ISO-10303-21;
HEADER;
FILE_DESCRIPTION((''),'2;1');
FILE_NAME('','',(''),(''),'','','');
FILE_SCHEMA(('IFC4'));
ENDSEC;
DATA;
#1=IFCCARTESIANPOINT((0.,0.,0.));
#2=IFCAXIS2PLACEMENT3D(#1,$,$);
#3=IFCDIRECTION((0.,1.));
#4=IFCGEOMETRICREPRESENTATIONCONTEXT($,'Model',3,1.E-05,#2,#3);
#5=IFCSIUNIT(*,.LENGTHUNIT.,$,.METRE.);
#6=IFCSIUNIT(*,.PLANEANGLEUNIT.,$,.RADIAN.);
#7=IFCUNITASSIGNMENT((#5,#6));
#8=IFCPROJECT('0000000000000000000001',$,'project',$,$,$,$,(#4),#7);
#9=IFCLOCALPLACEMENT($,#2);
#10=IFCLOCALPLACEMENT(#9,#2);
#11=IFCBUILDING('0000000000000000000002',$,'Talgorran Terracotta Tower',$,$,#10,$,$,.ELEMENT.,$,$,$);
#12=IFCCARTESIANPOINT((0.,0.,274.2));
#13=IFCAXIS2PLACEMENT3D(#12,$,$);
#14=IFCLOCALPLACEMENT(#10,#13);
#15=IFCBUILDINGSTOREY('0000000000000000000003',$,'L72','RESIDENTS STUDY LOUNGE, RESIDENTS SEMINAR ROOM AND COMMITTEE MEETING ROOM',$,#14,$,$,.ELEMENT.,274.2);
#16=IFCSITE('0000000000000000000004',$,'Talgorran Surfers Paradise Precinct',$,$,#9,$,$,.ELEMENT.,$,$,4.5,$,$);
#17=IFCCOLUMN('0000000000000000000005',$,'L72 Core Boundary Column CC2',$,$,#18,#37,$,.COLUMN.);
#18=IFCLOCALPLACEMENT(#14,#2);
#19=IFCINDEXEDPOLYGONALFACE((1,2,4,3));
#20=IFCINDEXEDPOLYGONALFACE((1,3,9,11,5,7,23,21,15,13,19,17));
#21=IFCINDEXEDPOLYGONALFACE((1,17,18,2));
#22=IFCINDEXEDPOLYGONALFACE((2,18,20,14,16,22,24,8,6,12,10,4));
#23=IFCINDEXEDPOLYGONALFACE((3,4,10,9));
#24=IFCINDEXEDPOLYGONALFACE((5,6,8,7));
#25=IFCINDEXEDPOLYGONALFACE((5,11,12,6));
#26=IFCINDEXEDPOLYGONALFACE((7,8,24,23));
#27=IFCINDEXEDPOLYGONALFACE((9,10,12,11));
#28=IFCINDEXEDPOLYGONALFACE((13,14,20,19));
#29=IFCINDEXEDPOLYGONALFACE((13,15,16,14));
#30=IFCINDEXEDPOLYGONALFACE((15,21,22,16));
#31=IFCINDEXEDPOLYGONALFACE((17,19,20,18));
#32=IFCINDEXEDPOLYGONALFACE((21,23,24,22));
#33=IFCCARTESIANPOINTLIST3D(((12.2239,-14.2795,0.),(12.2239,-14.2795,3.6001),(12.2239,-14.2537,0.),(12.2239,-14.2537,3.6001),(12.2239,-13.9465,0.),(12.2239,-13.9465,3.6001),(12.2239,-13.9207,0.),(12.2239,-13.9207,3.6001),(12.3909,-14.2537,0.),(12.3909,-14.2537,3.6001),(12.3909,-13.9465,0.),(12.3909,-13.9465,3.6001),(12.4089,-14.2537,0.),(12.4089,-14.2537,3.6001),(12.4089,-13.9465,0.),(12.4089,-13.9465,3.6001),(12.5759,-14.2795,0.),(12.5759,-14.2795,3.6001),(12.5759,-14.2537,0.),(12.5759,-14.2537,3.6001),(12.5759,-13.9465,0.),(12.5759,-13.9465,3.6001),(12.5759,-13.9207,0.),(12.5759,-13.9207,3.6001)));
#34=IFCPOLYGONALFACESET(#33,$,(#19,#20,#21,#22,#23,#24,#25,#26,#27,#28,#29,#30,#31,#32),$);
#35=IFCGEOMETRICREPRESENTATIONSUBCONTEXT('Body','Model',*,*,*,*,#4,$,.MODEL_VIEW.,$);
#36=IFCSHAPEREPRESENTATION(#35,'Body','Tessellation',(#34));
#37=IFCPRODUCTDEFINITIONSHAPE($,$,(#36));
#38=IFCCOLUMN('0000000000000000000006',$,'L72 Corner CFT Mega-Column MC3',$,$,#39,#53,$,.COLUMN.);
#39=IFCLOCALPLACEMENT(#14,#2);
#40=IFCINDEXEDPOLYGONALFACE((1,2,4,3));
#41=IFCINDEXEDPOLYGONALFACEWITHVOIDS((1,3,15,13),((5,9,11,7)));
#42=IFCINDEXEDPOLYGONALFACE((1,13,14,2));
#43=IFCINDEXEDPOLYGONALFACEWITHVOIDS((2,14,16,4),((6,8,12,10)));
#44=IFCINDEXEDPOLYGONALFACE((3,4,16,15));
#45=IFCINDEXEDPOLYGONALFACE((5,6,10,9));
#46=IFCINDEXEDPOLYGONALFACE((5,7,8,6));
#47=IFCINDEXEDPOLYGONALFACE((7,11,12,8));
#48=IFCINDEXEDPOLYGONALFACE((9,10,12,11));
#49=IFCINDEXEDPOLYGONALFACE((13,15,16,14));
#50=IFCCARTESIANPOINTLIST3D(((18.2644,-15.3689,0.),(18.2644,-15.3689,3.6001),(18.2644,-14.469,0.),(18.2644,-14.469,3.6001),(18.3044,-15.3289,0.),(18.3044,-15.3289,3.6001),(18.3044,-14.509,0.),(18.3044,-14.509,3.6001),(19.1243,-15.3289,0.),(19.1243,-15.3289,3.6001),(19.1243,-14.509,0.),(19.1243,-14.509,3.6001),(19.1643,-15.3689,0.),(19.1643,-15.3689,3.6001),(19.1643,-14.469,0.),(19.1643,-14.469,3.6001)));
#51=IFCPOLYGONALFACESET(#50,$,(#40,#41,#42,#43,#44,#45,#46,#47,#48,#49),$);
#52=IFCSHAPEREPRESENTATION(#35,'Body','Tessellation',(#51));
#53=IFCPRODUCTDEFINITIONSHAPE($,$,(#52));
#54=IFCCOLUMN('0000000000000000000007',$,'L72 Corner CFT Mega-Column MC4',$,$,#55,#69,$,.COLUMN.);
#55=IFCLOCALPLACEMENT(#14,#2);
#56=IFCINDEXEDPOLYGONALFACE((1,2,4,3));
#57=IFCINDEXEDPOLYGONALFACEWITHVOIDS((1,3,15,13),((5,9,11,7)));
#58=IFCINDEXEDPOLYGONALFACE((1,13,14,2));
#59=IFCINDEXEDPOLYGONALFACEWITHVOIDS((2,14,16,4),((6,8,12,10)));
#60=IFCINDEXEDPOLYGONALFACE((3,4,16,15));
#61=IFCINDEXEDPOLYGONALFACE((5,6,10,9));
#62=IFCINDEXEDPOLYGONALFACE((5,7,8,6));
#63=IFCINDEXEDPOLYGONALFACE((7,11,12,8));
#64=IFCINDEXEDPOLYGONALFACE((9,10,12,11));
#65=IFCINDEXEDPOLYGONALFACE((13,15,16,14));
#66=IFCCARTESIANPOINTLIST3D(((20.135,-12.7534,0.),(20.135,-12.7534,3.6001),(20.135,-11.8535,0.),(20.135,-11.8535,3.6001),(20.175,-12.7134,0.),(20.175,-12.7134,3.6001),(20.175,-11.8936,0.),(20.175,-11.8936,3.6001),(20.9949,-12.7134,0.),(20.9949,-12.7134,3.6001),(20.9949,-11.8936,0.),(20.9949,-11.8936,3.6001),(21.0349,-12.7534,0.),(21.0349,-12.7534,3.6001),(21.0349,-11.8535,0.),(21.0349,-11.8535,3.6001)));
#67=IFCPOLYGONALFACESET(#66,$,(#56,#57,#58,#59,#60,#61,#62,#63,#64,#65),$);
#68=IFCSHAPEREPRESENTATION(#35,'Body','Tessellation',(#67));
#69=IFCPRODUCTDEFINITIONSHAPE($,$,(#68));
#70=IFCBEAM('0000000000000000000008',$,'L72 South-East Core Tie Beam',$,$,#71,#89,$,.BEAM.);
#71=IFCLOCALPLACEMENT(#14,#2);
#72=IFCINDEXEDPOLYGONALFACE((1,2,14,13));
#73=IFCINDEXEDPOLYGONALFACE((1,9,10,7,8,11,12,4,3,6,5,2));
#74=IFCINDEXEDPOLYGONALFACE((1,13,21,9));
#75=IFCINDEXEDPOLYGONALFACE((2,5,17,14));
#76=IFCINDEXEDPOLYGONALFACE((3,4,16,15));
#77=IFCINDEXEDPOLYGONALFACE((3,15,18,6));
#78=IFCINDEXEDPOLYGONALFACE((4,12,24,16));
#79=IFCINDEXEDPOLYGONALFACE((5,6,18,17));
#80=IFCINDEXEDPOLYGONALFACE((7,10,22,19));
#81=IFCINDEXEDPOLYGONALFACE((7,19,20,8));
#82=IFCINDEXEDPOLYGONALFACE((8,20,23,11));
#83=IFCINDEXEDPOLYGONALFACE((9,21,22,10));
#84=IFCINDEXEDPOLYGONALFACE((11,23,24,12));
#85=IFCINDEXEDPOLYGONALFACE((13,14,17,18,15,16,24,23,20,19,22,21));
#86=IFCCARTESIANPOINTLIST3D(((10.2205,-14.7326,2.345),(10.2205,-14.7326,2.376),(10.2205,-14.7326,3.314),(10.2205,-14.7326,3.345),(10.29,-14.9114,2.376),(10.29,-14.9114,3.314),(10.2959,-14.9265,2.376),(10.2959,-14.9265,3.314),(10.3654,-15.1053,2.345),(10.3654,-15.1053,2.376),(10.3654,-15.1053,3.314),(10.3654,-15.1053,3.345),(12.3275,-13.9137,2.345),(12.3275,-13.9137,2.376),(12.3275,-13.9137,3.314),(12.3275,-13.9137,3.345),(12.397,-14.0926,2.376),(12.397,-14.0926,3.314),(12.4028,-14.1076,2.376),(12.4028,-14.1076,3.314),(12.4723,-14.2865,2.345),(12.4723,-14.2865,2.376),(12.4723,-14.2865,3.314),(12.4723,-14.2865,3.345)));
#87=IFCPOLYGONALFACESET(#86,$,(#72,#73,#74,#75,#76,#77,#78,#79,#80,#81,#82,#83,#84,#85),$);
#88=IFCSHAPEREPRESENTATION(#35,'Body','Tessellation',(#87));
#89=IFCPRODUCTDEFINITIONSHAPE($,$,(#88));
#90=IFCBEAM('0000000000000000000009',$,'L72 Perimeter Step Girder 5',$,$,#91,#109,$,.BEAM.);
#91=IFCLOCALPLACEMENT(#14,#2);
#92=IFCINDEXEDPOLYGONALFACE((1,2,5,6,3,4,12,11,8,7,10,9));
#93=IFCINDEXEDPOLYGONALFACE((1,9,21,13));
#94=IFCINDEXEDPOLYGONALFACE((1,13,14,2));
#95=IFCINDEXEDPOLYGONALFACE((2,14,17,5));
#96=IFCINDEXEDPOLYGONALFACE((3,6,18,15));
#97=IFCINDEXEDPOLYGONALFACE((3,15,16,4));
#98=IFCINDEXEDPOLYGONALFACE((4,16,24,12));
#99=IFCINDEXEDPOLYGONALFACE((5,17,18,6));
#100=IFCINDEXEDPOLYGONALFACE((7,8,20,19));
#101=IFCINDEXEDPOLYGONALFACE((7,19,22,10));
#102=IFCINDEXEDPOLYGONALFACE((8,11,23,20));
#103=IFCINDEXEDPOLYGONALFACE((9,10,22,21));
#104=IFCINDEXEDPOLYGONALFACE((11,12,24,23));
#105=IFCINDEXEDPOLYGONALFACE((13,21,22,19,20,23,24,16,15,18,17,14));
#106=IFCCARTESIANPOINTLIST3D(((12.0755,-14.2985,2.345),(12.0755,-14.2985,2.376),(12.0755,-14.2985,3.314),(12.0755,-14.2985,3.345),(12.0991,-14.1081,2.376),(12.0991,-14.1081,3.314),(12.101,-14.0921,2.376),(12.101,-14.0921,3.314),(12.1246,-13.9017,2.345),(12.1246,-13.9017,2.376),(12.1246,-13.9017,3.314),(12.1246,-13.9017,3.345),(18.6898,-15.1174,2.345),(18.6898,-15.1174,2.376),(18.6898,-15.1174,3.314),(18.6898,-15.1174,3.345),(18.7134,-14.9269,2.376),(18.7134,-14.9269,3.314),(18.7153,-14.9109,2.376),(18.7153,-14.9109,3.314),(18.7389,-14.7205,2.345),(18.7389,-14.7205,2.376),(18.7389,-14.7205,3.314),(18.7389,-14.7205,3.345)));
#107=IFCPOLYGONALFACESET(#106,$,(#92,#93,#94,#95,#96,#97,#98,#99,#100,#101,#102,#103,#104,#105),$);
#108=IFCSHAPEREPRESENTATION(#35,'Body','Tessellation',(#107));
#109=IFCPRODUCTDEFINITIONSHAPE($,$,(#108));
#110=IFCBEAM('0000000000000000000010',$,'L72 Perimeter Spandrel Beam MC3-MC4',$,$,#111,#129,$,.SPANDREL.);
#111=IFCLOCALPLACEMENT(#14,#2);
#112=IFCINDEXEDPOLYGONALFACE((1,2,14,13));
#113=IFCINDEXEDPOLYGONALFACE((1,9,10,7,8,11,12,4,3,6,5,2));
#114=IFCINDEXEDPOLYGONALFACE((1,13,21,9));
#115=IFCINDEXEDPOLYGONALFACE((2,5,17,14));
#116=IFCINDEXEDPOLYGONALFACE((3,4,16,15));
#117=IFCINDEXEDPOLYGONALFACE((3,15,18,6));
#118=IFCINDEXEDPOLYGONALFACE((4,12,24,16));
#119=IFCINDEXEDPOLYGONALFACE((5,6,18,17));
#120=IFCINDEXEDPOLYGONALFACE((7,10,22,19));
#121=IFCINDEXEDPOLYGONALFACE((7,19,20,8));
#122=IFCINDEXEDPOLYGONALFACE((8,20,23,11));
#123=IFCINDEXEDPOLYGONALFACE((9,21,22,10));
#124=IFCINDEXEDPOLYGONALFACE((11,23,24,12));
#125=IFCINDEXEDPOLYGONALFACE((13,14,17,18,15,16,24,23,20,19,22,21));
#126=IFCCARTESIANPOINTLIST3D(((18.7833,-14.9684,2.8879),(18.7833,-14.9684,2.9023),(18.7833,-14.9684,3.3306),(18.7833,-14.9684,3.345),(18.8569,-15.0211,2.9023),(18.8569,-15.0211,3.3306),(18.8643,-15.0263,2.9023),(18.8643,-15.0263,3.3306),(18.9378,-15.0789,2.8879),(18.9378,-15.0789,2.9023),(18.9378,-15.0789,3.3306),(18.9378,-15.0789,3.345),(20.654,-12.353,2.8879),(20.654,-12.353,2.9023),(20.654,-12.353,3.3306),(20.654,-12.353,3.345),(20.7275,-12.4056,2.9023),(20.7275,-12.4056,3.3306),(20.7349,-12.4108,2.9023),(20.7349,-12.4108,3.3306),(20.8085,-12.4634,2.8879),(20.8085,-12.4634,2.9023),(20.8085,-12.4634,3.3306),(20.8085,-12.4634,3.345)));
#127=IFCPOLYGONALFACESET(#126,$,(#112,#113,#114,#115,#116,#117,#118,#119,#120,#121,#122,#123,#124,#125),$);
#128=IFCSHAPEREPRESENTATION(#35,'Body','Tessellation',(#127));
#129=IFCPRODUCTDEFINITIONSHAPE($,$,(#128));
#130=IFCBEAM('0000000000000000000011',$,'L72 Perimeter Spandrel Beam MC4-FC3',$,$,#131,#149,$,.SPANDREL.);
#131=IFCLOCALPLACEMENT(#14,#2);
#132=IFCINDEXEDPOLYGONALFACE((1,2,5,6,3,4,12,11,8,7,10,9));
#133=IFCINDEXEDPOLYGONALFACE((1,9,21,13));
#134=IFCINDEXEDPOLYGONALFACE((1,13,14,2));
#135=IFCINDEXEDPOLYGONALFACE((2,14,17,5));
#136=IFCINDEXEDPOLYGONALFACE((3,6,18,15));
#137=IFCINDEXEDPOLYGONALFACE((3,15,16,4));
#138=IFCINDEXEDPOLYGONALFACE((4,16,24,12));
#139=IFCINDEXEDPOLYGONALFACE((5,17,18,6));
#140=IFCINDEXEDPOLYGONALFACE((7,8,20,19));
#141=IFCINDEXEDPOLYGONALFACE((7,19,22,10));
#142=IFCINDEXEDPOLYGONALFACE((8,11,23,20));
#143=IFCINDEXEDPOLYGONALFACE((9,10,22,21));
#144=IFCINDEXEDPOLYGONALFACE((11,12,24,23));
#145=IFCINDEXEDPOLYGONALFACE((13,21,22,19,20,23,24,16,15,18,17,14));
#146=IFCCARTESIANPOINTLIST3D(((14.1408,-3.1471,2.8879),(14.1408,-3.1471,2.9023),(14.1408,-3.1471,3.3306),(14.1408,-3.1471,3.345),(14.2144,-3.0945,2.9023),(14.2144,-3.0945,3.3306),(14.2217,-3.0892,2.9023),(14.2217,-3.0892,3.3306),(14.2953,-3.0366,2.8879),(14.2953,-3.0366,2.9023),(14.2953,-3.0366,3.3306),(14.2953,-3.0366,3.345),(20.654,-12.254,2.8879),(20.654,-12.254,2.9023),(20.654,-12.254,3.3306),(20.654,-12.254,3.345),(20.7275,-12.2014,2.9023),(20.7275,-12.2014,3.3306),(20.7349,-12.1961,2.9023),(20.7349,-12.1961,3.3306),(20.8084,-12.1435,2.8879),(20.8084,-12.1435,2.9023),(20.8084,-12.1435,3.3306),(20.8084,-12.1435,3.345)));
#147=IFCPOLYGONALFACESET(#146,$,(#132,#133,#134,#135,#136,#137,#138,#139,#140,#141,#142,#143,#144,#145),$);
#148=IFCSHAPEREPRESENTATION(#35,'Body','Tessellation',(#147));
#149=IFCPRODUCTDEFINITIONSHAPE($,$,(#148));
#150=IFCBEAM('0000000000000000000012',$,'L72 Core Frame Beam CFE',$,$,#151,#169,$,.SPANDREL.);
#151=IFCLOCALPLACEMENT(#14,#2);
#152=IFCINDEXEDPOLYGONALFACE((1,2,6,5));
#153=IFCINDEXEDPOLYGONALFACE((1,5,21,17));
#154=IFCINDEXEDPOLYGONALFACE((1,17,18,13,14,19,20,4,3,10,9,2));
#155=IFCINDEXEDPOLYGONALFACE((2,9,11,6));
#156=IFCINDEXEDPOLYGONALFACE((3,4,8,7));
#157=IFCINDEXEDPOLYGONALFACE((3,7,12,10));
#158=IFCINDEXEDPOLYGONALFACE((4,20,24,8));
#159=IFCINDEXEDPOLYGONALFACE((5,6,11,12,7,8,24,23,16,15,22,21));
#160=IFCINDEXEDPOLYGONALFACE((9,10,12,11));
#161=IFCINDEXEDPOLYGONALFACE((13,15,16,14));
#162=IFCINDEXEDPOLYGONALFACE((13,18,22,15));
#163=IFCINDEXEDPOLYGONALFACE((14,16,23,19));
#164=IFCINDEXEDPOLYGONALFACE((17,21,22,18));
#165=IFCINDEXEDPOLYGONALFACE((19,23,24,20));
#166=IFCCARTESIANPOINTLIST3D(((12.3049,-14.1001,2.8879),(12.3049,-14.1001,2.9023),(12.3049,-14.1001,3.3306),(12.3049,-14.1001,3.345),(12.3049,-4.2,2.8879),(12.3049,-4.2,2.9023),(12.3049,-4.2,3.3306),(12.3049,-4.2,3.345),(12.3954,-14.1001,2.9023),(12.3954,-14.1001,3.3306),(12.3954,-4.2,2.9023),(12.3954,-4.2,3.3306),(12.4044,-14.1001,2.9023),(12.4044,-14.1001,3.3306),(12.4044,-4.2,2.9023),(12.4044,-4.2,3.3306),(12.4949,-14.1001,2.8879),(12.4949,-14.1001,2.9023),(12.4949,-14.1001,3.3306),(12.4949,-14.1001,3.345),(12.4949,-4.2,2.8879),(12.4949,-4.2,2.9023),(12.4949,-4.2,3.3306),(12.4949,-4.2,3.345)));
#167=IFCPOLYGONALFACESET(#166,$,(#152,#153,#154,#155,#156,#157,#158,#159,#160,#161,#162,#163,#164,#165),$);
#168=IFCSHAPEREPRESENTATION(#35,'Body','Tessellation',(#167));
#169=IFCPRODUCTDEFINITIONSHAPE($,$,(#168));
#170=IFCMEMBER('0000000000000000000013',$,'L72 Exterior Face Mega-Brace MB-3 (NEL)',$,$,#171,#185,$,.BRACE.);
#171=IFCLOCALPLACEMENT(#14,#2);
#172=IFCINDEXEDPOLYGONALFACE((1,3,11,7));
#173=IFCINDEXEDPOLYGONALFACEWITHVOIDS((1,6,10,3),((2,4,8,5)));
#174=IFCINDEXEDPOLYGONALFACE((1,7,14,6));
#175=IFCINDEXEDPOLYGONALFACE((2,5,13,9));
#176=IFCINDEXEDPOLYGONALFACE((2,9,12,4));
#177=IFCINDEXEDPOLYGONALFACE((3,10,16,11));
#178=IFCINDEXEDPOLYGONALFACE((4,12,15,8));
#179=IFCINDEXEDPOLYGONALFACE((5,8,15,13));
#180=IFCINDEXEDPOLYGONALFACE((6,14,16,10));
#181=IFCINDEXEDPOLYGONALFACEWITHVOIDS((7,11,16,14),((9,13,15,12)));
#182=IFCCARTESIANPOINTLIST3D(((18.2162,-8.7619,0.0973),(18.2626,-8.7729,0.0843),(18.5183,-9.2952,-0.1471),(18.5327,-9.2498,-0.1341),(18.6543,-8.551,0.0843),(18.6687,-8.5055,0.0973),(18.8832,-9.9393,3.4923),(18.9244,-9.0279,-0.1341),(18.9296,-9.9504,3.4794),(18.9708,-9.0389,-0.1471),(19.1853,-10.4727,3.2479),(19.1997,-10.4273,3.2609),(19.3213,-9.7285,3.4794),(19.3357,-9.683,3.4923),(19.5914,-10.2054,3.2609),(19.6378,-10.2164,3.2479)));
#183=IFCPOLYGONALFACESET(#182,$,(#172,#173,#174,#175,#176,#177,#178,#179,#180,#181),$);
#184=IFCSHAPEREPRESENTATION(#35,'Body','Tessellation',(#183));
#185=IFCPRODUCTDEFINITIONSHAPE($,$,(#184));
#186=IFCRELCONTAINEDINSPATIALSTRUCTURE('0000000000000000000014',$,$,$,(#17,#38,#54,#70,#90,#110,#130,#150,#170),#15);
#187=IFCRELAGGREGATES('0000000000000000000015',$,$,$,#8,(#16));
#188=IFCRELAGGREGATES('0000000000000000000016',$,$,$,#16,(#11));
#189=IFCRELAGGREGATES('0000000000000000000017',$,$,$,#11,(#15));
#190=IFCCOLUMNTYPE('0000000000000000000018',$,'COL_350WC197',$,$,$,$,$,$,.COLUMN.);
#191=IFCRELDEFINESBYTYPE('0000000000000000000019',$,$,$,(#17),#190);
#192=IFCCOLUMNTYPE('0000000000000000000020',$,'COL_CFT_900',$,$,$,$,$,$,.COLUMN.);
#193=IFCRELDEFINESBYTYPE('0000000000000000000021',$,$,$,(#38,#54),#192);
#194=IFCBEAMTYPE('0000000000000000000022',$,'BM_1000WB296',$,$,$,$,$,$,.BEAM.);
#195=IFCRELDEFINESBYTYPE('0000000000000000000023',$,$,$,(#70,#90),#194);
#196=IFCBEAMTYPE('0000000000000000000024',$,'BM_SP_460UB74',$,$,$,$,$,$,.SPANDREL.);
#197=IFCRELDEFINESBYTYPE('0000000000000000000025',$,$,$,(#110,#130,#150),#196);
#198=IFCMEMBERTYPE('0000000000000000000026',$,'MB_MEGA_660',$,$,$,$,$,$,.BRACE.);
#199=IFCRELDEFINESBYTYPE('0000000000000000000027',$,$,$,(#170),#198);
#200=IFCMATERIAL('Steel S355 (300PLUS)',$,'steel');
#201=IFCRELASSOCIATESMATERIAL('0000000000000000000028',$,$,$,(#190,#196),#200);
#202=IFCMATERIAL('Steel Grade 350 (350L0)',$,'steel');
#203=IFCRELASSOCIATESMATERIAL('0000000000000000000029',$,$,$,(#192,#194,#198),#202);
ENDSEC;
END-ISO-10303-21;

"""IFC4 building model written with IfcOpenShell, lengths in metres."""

from ifc_helpers import new_model, si_unit, direction, frame, origin, origin_2d, place, context, subcontext, project, spatial, hollow_rectangle, i_section, extrude, material, material_profile, profile_set, type_object, element, save


model = new_model("IFC4")

# Units and contexts
model_context = context("Model", 3, precision=1e-05, world=origin(), true_north=direction((0.0, 1.0)))
body_context = subcontext(model_context, "Body", "Model", "MODEL_VIEW")
ifc_project = project(units=[si_unit("LENGTHUNIT", "METRE"), si_unit("PLANEANGLEUNIT", "RADIAN")], contexts=[model_context])

# Site, building, storey
site_placement = place(None, origin())
site = spatial("IfcSite", under=ifc_project, at=site_placement, Name="Talgorran Surfers Paradise Precinct", CompositionType="ELEMENT", RefElevation=4.5)
building_placement = place(site_placement, origin())
building = spatial("IfcBuilding", under=site, at=building_placement, Name="Talgorran Terracotta Tower", CompositionType="ELEMENT")
storey_placement = place(building_placement, frame((0.0, 0.0, 274.2)))
storey = spatial("IfcBuildingStorey", under=building, at=storey_placement, Name="L72", Description="RESIDENTS STUDY LOUNGE, RESIDENTS SEMINAR ROOM AND COMMITTEE MEETING ROOM", CompositionType="ELEMENT", Elevation=274.2)

# Columns
ifc_material_1 = material(Name="Steel S355 (300PLUS)", Category="steel")
ifc_material_profile_1 = material_profile(ifc_material_1, i_section(OverallWidth=0.3521, OverallDepth=0.3589, WebThickness=0.0181, FlangeThickness=0.0259, at=origin_2d()), Name="350WC197")
ifc_profile_set_1 = profile_set([ifc_material_profile_1], Name="Steel S355 (300PLUS)")
column_type_1 = type_object("IfcColumnType", Name="COL_350WC197", PredefinedType="COLUMN", material=ifc_profile_set_1)
column_placement = place(storey_placement, frame((12.3999, -14.1001, 0.0), z_axis=(0.0, 0.0, 1.0), x_axis=(1.0, 0.0, 0.0)))
element("IfcColumn", 1, at=column_placement, inside=storey, type_object=column_type_1, Name="L72 Core Boundary Column CC2", PredefinedType="COLUMN", context=body_context, shape_type="SweptSolid", body=[
    extrude(i_section(OverallWidth=0.3521, OverallDepth=0.3589, WebThickness=0.0181, FlangeThickness=0.0259, at=origin_2d()), origin(), (0.0, 0.0, 1.0), 3.6001),
])
ifc_material_2 = material(Name="Steel Grade 350 (350L0)", Category="steel")
ifc_material_profile_2 = material_profile(ifc_material_2, hollow_rectangle(XDim=0.8999, YDim=0.8999, WallThickness=0.04, at=origin_2d()), Name="CFT900X900X40")
ifc_profile_set_2 = profile_set([ifc_material_profile_2], Name="Steel Grade 350 (350L0)")
column_type_2 = type_object("IfcColumnType", Name="COL_CFT_900", PredefinedType="COLUMN", material=ifc_profile_set_2)
for number, where, z_axis, x_axis, name in (
    (2, (18.7144, -14.9189, 0.0), (0.0, 0.0, 1.0), (1.0, 0.0, 0.0), "L72 Corner CFT Mega-Column MC3"),
    (3, (20.585, -12.3035, 0.0), (0.0, 0.0, 1.0), (1.0, 0.0, 0.0), "L72 Corner CFT Mega-Column MC4"),
):
    element("IfcColumn", number, at=place(storey_placement, frame(where, z_axis=z_axis, x_axis=x_axis)), inside=storey, type_object=column_type_2, Name=name, PredefinedType="COLUMN", context=body_context, shape_type="SweptSolid", body=[
        extrude(hollow_rectangle(XDim=0.8999, YDim=0.8999, WallThickness=0.04, at=origin_2d()), origin(), (0.0, 0.0, 1.0), 3.6001),
    ])

# Beams
ifc_material_profile_3 = material_profile(ifc_material_2, i_section(OverallWidth=0.3999, OverallDepth=1.0, WebThickness=0.0161, FlangeThickness=0.031, at=origin_2d()), Name="1000WB296")
ifc_profile_set_3 = profile_set([ifc_material_profile_3], Name="Steel Grade 350 (350L0)")
beam_type_1 = type_object("IfcBeamType", Name="BM_1000WB296", PredefinedType="BEAM", material=ifc_profile_set_3)
beam_1_placement = place(storey_placement, frame((12.3999, -14.1001, 2.845), z_axis=(-0.932082, -0.362248, 0.0), x_axis=(0.362248, -0.932082, 0.0)))
element("IfcBeam", 4, at=beam_1_placement, inside=storey, type_object=beam_type_1, Name="L72 South-East Core Tie Beam", PredefinedType="BEAM", context=body_context, shape_type="SweptSolid", body=[
    extrude(i_section(OverallWidth=0.3999, OverallDepth=1.0, WebThickness=0.0161, FlangeThickness=0.031, at=origin_2d()), origin(), (0.0, 0.0, 1.0), 2.2605),
])
beam_2_placement = place(storey_placement, frame((18.7144, -14.9189, 2.845), z_axis=(-0.992424, 0.122862, 0.0), x_axis=(-0.122862, -0.992424, 0.0)))
element("IfcBeam", 5, at=beam_2_placement, inside=storey, type_object=beam_type_1, Name="L72 Perimeter Step Girder 5", PredefinedType="BEAM", context=body_context, shape_type="SweptSolid", body=[
    extrude(i_section(OverallWidth=0.3999, OverallDepth=1.0, WebThickness=0.0161, FlangeThickness=0.031, at=origin_2d()), origin(), (0.0, 0.0, 1.0), 6.6648),
])
ifc_material_profile_4 = material_profile(ifc_material_1, i_section(OverallWidth=0.1899, OverallDepth=0.457, WebThickness=0.009, FlangeThickness=0.0144, at=origin_2d()), Name="460UB74.6")
ifc_profile_set_4 = profile_set([ifc_material_profile_4], Name="Steel S355 (300PLUS)")
beam_type_2 = type_object("IfcBeamType", Name="BM_SP_460UB74", PredefinedType="SPANDREL", material=ifc_profile_set_4)
beam_3_placement = place(storey_placement, frame((18.8606, -15.0237, 3.1165), z_axis=(0.581734, 0.813379, 0.0), x_axis=(-0.813379, 0.581734, 0.0)))
element("IfcBeam", 6, at=beam_3_placement, inside=storey, type_object=beam_type_2, Name="L72 Perimeter Spandrel Beam MC3-MC4", PredefinedType="SPANDREL", context=body_context, shape_type="SweptSolid", body=[
    extrude(i_section(OverallWidth=0.1899, OverallDepth=0.457, WebThickness=0.009, FlangeThickness=0.0144, at=origin_2d()), origin(), (0.0, 0.0, 1.0), 3.2156),
])
beam_4_placement = place(storey_placement, frame((20.7312, -12.1987, 3.1165), z_axis=(-0.581725, 0.813386, 0.0), x_axis=(-0.813386, -0.581725, 0.0)))
element("IfcBeam", 7, at=beam_4_placement, inside=storey, type_object=beam_type_2, Name="L72 Perimeter Spandrel Beam MC4-FC3", PredefinedType="SPANDREL", context=body_context, shape_type="SweptSolid", body=[
    extrude(i_section(OverallWidth=0.1899, OverallDepth=0.457, WebThickness=0.009, FlangeThickness=0.0144, at=origin_2d()), origin(), (0.0, 0.0, 1.0), 11.1963),
])
beam_5_placement = place(storey_placement, frame((12.3999, -14.1001, 3.1165), z_axis=(0.0, 1.0, 0.0), x_axis=(-1.0, 0.0, 0.0)))
element("IfcBeam", 8, at=beam_5_placement, inside=storey, type_object=beam_type_2, Name="L72 Core Frame Beam CFE", PredefinedType="SPANDREL", context=body_context, shape_type="SweptSolid", body=[
    extrude(i_section(OverallWidth=0.1899, OverallDepth=0.457, WebThickness=0.009, FlangeThickness=0.0144, at=origin_2d()), origin(), (0.0, 0.0, 1.0), 9.9001),
])

# Member
ifc_material_profile_5 = material_profile(ifc_material_2, hollow_rectangle(XDim=0.52, YDim=0.6599, WallThickness=0.0349, at=origin_2d()), Name="WBOX660X520X35")
ifc_profile_set_5 = profile_set([ifc_material_profile_5], Name="Steel Grade 350 (350L0)")
member_type_1 = type_object("IfcMemberType", Name="MB_MEGA_660", PredefinedType="BRACE", material=ifc_profile_set_5)
member_1_placement = place(storey_placement, frame((18.5935, -8.9004, -0.0249), z_axis=(0.182498, -0.322177, 0.928922), x_axis=(0.870102, 0.492871, 0.0)))
element("IfcMember", 9, at=member_1_placement, inside=storey, type_object=member_type_1, Name="L72 Exterior Face Mega-Brace MB-3 (NEL)", PredefinedType="BRACE", context=body_context, shape_type="SweptSolid", body=[
    extrude(hollow_rectangle(XDim=0.52, YDim=0.6599, WallThickness=0.0349, at=origin_2d()), origin(), (0.0, 0.0, 1.0), 3.6548),
])

save(model, "model.ifc")
